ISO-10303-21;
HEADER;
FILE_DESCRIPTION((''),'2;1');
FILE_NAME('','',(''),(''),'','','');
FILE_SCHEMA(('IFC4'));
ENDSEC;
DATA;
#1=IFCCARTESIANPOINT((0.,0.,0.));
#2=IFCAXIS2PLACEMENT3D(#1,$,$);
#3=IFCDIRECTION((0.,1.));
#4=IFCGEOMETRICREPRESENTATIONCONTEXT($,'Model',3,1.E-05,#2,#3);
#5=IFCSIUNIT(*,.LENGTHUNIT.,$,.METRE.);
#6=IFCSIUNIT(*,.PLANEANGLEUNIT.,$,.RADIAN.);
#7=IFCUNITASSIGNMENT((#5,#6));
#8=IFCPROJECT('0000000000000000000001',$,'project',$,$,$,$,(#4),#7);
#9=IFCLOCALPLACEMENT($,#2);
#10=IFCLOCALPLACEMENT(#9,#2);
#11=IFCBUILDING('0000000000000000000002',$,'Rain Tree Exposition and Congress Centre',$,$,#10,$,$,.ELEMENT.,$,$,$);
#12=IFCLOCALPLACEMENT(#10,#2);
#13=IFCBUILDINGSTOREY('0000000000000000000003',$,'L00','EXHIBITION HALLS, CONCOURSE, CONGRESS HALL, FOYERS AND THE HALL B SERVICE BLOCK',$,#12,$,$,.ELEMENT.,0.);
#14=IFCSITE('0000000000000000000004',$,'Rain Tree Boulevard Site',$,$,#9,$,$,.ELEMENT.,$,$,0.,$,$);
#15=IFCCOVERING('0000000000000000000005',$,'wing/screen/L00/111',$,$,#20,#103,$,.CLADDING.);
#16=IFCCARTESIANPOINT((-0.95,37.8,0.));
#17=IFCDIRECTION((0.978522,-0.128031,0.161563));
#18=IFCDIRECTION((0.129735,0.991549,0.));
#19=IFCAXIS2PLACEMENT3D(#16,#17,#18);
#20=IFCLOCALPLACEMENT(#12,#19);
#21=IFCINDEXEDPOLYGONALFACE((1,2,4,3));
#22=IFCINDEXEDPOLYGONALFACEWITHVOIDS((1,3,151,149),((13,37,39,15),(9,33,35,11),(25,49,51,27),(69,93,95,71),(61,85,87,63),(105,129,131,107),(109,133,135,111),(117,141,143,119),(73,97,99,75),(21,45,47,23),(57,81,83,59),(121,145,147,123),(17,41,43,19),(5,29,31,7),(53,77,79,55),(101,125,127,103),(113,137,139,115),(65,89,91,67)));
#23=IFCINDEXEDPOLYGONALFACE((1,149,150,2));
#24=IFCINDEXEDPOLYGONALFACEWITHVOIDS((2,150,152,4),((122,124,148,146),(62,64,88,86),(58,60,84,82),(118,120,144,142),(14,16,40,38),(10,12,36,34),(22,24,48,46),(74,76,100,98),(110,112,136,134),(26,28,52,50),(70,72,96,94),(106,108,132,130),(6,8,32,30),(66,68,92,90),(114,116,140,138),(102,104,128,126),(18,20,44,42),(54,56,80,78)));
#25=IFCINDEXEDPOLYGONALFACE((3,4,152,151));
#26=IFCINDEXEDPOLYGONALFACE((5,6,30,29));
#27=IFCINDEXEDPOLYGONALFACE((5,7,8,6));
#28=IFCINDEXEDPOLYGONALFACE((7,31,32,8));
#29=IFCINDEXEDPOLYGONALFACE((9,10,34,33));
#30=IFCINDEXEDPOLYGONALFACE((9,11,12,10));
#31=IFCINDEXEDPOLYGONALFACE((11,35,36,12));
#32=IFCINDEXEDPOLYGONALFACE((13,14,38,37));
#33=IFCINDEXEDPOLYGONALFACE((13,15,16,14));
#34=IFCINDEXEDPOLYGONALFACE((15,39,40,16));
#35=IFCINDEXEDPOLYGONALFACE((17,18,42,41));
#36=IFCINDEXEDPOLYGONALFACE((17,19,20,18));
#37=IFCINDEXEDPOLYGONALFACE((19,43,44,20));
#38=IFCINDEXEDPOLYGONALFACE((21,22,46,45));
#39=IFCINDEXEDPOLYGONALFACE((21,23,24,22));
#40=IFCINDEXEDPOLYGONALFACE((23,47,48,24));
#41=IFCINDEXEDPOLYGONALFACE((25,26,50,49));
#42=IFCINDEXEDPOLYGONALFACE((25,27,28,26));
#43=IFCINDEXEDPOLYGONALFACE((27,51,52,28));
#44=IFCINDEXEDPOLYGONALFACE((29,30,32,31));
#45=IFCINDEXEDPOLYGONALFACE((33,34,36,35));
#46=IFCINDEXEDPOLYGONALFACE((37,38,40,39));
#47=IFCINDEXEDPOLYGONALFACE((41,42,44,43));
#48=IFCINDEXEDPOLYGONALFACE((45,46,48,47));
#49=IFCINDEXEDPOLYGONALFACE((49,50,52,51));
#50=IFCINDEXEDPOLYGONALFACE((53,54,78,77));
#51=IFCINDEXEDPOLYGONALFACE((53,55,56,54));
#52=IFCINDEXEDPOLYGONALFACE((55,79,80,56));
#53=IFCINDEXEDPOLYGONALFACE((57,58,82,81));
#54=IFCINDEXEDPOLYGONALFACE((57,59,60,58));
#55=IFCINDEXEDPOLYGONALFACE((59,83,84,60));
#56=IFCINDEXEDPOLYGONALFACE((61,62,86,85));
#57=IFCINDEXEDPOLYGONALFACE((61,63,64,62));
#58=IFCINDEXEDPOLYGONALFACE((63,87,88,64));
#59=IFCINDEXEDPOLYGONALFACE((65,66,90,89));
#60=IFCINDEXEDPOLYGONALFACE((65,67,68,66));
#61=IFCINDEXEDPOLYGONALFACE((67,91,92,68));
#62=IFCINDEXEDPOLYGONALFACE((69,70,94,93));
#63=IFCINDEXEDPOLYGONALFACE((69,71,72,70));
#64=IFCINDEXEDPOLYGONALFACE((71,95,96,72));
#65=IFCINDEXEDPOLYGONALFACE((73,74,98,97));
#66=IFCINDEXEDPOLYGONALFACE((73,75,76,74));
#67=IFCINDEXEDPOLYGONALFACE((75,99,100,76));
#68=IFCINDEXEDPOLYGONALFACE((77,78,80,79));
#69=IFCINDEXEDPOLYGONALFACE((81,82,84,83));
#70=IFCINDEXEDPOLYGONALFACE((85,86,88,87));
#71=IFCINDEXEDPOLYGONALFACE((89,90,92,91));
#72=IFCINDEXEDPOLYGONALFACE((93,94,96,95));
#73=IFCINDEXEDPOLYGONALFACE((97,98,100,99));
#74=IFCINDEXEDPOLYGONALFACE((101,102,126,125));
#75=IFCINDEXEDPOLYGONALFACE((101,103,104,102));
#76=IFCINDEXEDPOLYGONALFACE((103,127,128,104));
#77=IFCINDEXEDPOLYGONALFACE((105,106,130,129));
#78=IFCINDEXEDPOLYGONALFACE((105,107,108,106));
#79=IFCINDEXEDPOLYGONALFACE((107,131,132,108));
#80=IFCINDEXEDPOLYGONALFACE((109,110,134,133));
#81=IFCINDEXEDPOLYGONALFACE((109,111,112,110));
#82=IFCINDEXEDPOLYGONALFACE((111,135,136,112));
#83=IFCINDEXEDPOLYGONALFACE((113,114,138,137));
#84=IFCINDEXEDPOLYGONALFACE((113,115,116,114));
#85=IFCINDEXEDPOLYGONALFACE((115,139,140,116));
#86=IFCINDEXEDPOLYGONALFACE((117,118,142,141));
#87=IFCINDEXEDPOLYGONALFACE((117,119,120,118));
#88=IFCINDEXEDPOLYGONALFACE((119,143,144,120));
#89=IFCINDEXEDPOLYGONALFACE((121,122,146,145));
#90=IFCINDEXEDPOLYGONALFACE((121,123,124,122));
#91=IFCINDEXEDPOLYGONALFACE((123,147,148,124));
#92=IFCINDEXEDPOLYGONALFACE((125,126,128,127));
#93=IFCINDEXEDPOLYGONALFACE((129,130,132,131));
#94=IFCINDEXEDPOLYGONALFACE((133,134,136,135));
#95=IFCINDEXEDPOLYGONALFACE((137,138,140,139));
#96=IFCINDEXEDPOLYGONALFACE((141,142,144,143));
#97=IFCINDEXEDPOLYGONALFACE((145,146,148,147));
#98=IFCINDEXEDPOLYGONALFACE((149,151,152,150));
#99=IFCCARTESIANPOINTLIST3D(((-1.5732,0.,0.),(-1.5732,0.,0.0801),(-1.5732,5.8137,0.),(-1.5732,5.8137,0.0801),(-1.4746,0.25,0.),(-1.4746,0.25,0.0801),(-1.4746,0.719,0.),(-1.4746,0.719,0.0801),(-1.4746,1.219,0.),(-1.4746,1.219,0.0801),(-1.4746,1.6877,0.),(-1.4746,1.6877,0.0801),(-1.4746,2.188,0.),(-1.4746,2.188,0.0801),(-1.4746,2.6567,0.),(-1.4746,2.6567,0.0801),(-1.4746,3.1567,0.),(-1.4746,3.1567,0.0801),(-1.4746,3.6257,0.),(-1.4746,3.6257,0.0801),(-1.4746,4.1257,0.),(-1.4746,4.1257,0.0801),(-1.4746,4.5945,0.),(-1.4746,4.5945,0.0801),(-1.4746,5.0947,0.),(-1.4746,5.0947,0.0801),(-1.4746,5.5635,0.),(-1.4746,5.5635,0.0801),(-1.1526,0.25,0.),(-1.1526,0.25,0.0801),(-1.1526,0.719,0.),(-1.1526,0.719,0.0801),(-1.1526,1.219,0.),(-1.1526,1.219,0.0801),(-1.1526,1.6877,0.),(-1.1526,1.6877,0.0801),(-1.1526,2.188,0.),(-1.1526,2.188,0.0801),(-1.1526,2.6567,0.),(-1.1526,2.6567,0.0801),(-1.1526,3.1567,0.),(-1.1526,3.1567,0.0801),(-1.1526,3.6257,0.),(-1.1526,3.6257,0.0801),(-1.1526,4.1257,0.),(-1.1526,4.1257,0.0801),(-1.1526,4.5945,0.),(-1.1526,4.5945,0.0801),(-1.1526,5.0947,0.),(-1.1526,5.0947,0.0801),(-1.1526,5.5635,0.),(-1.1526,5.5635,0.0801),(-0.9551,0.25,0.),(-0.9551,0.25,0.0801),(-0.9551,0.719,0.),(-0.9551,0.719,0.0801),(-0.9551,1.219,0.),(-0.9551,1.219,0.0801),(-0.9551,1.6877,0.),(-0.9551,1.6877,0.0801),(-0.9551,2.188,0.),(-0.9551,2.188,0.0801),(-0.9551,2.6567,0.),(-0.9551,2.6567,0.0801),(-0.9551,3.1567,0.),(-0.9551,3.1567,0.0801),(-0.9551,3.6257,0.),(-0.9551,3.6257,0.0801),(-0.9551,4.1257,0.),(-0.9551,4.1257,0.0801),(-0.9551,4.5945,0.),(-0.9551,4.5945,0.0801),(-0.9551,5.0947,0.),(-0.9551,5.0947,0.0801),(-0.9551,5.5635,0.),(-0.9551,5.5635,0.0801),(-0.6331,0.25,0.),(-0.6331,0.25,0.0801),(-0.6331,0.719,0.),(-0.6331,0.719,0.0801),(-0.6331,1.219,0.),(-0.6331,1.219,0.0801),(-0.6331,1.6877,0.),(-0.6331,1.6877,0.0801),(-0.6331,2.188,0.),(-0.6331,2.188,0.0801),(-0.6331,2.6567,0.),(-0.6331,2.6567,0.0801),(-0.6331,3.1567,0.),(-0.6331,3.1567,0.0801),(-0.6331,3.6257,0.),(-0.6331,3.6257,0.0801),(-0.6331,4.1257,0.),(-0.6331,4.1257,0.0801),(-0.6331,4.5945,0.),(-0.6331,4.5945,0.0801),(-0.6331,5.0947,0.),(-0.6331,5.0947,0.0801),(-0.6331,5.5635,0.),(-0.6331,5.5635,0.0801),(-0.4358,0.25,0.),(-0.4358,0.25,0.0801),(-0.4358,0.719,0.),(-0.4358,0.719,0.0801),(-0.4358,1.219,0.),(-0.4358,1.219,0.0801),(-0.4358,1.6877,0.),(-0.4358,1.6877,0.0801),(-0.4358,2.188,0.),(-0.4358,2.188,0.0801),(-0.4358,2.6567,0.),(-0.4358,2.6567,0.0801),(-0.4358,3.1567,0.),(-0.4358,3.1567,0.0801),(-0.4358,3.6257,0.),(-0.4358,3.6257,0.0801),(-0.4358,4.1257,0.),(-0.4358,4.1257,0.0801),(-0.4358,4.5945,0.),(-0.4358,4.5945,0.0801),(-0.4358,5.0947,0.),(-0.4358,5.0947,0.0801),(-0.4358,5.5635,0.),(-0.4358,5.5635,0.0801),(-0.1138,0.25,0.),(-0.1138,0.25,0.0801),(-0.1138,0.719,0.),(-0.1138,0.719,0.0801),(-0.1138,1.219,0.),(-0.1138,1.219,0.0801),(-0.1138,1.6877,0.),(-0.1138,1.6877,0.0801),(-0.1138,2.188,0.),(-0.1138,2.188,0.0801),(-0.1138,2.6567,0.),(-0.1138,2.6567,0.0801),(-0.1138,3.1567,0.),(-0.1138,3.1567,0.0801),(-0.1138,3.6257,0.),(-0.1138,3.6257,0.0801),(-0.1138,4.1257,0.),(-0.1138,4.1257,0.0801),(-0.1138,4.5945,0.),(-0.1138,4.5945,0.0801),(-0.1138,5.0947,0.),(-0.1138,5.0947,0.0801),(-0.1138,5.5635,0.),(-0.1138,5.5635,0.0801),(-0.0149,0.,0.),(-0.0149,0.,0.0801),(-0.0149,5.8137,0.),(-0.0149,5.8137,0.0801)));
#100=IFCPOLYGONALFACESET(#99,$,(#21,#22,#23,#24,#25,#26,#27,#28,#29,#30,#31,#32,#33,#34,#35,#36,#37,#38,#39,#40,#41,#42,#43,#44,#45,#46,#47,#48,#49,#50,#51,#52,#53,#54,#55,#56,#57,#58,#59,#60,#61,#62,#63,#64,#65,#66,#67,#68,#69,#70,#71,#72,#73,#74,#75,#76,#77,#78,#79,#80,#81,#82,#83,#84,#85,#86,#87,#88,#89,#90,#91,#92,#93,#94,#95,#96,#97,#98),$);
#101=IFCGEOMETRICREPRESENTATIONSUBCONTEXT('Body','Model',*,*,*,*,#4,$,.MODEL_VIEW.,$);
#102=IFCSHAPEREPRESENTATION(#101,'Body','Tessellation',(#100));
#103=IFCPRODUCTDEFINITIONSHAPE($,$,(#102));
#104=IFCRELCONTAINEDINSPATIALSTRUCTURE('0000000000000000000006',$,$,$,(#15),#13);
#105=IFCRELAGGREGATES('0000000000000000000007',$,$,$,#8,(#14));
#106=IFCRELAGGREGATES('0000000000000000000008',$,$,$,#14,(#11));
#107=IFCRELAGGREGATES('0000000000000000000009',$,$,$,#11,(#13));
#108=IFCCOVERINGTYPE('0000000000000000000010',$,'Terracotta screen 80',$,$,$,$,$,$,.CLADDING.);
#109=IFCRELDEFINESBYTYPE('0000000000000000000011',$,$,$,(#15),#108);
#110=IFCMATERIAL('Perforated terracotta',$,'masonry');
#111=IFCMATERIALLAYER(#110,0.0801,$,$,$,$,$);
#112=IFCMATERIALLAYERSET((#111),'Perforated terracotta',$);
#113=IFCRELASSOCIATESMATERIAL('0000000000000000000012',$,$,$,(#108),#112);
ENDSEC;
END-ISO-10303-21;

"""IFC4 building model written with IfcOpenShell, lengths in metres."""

from ifc_helpers import new_model, si_unit, direction, frame, origin, place, context, subcontext, project, spatial, polyline, outline, extrude, material, layer, layer_set, type_object, element, save


model = new_model("IFC4")

# Units and contexts
model_context = context("Model", 3, precision=1e-05, world=origin(), true_north=direction((0.0, 1.0)))
body_context = subcontext(model_context, "Body", "Model", "MODEL_VIEW")
ifc_project = project(units=[si_unit("LENGTHUNIT", "METRE"), si_unit("PLANEANGLEUNIT", "RADIAN")], contexts=[model_context])

# Site, building, storey
site_placement = place(None, origin())
site = spatial("IfcSite", under=ifc_project, at=site_placement, Name="Rain Tree Boulevard Site", CompositionType="ELEMENT", RefElevation=0.0)
building_placement = place(site_placement, origin())
building = spatial("IfcBuilding", under=site, at=building_placement, Name="Rain Tree Exposition and Congress Centre", CompositionType="ELEMENT")
storey_placement = place(building_placement, origin())
storey = spatial("IfcBuildingStorey", under=building, at=storey_placement, Name="L00", Description="EXHIBITION HALLS, CONCOURSE, CONGRESS HALL, FOYERS AND THE HALL B SERVICE BLOCK", CompositionType="ELEMENT", Elevation=0.0)

# Covering
ifc_material_1 = material(Name="Perforated terracotta", Category="masonry")
ifc_layer_1 = layer(ifc_material_1, 0.0801)
ifc_layer_set_1 = layer_set([ifc_layer_1], Name="Perforated terracotta")
covering_type = type_object("IfcCoveringType", Name="Terracotta screen 80", PredefinedType="CLADDING", material=ifc_layer_set_1)
covering_1_placement = place(storey_placement, frame((-0.95, 37.8, 0.0), z_axis=(0.978522, -0.128031, 0.161563), x_axis=(0.129735, 0.991549, 0.0)))
element("IfcCovering", 1, at=covering_1_placement, inside=storey, type_object=covering_type, Name="wing/screen/L00/111", PredefinedType="CLADDING", context=body_context, shape_type="SweptSolid", body=[
    extrude(outline(polyline([(-1.5732, 0.0), (-1.5732, 5.8137), (-0.0149, 5.8137), (-0.0149, 0.0), (-1.5732, 0.0)]), holes=[polyline([(-0.1138, 0.25), (-0.1138, 0.719), (-0.4358, 0.719), (-0.4358, 0.25), (-0.1138, 0.25)]), polyline([(-0.1138, 1.219), (-0.1138, 1.6877), (-0.4358, 1.6877), (-0.4358, 1.219), (-0.1138, 1.219)]), polyline([(-0.1138, 2.188), (-0.1138, 2.6567), (-0.4358, 2.6567), (-0.4358, 2.188), (-0.1138, 2.188)]), polyline([(-0.1138, 3.1567), (-0.1138, 3.6257), (-0.4358, 3.6257), (-0.4358, 3.1567), (-0.1138, 3.1567)]), polyline([(-0.1138, 4.1257), (-0.1138, 4.5945), (-0.4358, 4.5945), (-0.4358, 4.1257), (-0.1138, 4.1257)]), polyline([(-0.1138, 5.0947), (-0.1138, 5.5635), (-0.4358, 5.5635), (-0.4358, 5.0947), (-0.1138, 5.0947)]), polyline([(-0.6331, 0.25), (-0.6331, 0.719), (-0.9551, 0.719), (-0.9551, 0.25), (-0.6331, 0.25)]), polyline([(-0.6331, 1.219), (-0.6331, 1.6877), (-0.9551, 1.6877), (-0.9551, 1.219), (-0.6331, 1.219)]), polyline([(-0.6331, 2.188), (-0.6331, 2.6567), (-0.9551, 2.6567), (-0.9551, 2.188), (-0.6331, 2.188)]), polyline([(-0.6331, 3.1567), (-0.6331, 3.6257), (-0.9551, 3.6257), (-0.9551, 3.1567), (-0.6331, 3.1567)]), polyline([(-0.6331, 4.1257), (-0.6331, 4.5945), (-0.9551, 4.5945), (-0.9551, 4.1257), (-0.6331, 4.1257)]), polyline([(-0.6331, 5.0947), (-0.6331, 5.5635), (-0.9551, 5.5635), (-0.9551, 5.0947), (-0.6331, 5.0947)]), polyline([(-1.1526, 0.25), (-1.1526, 0.719), (-1.4746, 0.719), (-1.4746, 0.25), (-1.1526, 0.25)]), polyline([(-1.1526, 1.219), (-1.1526, 1.6877), (-1.4746, 1.6877), (-1.4746, 1.219), (-1.1526, 1.219)]), polyline([(-1.1526, 2.188), (-1.1526, 2.6567), (-1.4746, 2.6567), (-1.4746, 2.188), (-1.1526, 2.188)]), polyline([(-1.1526, 3.1567), (-1.1526, 3.6257), (-1.4746, 3.6257), (-1.4746, 3.1567), (-1.1526, 3.1567)]), polyline([(-1.1526, 4.1257), (-1.1526, 4.5945), (-1.4746, 4.5945), (-1.4746, 4.1257), (-1.1526, 4.1257)]), polyline([(-1.1526, 5.0947), (-1.1526, 5.5635), (-1.4746, 5.5635), (-1.4746, 5.0947), (-1.1526, 5.0947)])]), origin(), (0.0, 0.0, 1.0), 0.0801),
])

save(model, "model.ifc")
